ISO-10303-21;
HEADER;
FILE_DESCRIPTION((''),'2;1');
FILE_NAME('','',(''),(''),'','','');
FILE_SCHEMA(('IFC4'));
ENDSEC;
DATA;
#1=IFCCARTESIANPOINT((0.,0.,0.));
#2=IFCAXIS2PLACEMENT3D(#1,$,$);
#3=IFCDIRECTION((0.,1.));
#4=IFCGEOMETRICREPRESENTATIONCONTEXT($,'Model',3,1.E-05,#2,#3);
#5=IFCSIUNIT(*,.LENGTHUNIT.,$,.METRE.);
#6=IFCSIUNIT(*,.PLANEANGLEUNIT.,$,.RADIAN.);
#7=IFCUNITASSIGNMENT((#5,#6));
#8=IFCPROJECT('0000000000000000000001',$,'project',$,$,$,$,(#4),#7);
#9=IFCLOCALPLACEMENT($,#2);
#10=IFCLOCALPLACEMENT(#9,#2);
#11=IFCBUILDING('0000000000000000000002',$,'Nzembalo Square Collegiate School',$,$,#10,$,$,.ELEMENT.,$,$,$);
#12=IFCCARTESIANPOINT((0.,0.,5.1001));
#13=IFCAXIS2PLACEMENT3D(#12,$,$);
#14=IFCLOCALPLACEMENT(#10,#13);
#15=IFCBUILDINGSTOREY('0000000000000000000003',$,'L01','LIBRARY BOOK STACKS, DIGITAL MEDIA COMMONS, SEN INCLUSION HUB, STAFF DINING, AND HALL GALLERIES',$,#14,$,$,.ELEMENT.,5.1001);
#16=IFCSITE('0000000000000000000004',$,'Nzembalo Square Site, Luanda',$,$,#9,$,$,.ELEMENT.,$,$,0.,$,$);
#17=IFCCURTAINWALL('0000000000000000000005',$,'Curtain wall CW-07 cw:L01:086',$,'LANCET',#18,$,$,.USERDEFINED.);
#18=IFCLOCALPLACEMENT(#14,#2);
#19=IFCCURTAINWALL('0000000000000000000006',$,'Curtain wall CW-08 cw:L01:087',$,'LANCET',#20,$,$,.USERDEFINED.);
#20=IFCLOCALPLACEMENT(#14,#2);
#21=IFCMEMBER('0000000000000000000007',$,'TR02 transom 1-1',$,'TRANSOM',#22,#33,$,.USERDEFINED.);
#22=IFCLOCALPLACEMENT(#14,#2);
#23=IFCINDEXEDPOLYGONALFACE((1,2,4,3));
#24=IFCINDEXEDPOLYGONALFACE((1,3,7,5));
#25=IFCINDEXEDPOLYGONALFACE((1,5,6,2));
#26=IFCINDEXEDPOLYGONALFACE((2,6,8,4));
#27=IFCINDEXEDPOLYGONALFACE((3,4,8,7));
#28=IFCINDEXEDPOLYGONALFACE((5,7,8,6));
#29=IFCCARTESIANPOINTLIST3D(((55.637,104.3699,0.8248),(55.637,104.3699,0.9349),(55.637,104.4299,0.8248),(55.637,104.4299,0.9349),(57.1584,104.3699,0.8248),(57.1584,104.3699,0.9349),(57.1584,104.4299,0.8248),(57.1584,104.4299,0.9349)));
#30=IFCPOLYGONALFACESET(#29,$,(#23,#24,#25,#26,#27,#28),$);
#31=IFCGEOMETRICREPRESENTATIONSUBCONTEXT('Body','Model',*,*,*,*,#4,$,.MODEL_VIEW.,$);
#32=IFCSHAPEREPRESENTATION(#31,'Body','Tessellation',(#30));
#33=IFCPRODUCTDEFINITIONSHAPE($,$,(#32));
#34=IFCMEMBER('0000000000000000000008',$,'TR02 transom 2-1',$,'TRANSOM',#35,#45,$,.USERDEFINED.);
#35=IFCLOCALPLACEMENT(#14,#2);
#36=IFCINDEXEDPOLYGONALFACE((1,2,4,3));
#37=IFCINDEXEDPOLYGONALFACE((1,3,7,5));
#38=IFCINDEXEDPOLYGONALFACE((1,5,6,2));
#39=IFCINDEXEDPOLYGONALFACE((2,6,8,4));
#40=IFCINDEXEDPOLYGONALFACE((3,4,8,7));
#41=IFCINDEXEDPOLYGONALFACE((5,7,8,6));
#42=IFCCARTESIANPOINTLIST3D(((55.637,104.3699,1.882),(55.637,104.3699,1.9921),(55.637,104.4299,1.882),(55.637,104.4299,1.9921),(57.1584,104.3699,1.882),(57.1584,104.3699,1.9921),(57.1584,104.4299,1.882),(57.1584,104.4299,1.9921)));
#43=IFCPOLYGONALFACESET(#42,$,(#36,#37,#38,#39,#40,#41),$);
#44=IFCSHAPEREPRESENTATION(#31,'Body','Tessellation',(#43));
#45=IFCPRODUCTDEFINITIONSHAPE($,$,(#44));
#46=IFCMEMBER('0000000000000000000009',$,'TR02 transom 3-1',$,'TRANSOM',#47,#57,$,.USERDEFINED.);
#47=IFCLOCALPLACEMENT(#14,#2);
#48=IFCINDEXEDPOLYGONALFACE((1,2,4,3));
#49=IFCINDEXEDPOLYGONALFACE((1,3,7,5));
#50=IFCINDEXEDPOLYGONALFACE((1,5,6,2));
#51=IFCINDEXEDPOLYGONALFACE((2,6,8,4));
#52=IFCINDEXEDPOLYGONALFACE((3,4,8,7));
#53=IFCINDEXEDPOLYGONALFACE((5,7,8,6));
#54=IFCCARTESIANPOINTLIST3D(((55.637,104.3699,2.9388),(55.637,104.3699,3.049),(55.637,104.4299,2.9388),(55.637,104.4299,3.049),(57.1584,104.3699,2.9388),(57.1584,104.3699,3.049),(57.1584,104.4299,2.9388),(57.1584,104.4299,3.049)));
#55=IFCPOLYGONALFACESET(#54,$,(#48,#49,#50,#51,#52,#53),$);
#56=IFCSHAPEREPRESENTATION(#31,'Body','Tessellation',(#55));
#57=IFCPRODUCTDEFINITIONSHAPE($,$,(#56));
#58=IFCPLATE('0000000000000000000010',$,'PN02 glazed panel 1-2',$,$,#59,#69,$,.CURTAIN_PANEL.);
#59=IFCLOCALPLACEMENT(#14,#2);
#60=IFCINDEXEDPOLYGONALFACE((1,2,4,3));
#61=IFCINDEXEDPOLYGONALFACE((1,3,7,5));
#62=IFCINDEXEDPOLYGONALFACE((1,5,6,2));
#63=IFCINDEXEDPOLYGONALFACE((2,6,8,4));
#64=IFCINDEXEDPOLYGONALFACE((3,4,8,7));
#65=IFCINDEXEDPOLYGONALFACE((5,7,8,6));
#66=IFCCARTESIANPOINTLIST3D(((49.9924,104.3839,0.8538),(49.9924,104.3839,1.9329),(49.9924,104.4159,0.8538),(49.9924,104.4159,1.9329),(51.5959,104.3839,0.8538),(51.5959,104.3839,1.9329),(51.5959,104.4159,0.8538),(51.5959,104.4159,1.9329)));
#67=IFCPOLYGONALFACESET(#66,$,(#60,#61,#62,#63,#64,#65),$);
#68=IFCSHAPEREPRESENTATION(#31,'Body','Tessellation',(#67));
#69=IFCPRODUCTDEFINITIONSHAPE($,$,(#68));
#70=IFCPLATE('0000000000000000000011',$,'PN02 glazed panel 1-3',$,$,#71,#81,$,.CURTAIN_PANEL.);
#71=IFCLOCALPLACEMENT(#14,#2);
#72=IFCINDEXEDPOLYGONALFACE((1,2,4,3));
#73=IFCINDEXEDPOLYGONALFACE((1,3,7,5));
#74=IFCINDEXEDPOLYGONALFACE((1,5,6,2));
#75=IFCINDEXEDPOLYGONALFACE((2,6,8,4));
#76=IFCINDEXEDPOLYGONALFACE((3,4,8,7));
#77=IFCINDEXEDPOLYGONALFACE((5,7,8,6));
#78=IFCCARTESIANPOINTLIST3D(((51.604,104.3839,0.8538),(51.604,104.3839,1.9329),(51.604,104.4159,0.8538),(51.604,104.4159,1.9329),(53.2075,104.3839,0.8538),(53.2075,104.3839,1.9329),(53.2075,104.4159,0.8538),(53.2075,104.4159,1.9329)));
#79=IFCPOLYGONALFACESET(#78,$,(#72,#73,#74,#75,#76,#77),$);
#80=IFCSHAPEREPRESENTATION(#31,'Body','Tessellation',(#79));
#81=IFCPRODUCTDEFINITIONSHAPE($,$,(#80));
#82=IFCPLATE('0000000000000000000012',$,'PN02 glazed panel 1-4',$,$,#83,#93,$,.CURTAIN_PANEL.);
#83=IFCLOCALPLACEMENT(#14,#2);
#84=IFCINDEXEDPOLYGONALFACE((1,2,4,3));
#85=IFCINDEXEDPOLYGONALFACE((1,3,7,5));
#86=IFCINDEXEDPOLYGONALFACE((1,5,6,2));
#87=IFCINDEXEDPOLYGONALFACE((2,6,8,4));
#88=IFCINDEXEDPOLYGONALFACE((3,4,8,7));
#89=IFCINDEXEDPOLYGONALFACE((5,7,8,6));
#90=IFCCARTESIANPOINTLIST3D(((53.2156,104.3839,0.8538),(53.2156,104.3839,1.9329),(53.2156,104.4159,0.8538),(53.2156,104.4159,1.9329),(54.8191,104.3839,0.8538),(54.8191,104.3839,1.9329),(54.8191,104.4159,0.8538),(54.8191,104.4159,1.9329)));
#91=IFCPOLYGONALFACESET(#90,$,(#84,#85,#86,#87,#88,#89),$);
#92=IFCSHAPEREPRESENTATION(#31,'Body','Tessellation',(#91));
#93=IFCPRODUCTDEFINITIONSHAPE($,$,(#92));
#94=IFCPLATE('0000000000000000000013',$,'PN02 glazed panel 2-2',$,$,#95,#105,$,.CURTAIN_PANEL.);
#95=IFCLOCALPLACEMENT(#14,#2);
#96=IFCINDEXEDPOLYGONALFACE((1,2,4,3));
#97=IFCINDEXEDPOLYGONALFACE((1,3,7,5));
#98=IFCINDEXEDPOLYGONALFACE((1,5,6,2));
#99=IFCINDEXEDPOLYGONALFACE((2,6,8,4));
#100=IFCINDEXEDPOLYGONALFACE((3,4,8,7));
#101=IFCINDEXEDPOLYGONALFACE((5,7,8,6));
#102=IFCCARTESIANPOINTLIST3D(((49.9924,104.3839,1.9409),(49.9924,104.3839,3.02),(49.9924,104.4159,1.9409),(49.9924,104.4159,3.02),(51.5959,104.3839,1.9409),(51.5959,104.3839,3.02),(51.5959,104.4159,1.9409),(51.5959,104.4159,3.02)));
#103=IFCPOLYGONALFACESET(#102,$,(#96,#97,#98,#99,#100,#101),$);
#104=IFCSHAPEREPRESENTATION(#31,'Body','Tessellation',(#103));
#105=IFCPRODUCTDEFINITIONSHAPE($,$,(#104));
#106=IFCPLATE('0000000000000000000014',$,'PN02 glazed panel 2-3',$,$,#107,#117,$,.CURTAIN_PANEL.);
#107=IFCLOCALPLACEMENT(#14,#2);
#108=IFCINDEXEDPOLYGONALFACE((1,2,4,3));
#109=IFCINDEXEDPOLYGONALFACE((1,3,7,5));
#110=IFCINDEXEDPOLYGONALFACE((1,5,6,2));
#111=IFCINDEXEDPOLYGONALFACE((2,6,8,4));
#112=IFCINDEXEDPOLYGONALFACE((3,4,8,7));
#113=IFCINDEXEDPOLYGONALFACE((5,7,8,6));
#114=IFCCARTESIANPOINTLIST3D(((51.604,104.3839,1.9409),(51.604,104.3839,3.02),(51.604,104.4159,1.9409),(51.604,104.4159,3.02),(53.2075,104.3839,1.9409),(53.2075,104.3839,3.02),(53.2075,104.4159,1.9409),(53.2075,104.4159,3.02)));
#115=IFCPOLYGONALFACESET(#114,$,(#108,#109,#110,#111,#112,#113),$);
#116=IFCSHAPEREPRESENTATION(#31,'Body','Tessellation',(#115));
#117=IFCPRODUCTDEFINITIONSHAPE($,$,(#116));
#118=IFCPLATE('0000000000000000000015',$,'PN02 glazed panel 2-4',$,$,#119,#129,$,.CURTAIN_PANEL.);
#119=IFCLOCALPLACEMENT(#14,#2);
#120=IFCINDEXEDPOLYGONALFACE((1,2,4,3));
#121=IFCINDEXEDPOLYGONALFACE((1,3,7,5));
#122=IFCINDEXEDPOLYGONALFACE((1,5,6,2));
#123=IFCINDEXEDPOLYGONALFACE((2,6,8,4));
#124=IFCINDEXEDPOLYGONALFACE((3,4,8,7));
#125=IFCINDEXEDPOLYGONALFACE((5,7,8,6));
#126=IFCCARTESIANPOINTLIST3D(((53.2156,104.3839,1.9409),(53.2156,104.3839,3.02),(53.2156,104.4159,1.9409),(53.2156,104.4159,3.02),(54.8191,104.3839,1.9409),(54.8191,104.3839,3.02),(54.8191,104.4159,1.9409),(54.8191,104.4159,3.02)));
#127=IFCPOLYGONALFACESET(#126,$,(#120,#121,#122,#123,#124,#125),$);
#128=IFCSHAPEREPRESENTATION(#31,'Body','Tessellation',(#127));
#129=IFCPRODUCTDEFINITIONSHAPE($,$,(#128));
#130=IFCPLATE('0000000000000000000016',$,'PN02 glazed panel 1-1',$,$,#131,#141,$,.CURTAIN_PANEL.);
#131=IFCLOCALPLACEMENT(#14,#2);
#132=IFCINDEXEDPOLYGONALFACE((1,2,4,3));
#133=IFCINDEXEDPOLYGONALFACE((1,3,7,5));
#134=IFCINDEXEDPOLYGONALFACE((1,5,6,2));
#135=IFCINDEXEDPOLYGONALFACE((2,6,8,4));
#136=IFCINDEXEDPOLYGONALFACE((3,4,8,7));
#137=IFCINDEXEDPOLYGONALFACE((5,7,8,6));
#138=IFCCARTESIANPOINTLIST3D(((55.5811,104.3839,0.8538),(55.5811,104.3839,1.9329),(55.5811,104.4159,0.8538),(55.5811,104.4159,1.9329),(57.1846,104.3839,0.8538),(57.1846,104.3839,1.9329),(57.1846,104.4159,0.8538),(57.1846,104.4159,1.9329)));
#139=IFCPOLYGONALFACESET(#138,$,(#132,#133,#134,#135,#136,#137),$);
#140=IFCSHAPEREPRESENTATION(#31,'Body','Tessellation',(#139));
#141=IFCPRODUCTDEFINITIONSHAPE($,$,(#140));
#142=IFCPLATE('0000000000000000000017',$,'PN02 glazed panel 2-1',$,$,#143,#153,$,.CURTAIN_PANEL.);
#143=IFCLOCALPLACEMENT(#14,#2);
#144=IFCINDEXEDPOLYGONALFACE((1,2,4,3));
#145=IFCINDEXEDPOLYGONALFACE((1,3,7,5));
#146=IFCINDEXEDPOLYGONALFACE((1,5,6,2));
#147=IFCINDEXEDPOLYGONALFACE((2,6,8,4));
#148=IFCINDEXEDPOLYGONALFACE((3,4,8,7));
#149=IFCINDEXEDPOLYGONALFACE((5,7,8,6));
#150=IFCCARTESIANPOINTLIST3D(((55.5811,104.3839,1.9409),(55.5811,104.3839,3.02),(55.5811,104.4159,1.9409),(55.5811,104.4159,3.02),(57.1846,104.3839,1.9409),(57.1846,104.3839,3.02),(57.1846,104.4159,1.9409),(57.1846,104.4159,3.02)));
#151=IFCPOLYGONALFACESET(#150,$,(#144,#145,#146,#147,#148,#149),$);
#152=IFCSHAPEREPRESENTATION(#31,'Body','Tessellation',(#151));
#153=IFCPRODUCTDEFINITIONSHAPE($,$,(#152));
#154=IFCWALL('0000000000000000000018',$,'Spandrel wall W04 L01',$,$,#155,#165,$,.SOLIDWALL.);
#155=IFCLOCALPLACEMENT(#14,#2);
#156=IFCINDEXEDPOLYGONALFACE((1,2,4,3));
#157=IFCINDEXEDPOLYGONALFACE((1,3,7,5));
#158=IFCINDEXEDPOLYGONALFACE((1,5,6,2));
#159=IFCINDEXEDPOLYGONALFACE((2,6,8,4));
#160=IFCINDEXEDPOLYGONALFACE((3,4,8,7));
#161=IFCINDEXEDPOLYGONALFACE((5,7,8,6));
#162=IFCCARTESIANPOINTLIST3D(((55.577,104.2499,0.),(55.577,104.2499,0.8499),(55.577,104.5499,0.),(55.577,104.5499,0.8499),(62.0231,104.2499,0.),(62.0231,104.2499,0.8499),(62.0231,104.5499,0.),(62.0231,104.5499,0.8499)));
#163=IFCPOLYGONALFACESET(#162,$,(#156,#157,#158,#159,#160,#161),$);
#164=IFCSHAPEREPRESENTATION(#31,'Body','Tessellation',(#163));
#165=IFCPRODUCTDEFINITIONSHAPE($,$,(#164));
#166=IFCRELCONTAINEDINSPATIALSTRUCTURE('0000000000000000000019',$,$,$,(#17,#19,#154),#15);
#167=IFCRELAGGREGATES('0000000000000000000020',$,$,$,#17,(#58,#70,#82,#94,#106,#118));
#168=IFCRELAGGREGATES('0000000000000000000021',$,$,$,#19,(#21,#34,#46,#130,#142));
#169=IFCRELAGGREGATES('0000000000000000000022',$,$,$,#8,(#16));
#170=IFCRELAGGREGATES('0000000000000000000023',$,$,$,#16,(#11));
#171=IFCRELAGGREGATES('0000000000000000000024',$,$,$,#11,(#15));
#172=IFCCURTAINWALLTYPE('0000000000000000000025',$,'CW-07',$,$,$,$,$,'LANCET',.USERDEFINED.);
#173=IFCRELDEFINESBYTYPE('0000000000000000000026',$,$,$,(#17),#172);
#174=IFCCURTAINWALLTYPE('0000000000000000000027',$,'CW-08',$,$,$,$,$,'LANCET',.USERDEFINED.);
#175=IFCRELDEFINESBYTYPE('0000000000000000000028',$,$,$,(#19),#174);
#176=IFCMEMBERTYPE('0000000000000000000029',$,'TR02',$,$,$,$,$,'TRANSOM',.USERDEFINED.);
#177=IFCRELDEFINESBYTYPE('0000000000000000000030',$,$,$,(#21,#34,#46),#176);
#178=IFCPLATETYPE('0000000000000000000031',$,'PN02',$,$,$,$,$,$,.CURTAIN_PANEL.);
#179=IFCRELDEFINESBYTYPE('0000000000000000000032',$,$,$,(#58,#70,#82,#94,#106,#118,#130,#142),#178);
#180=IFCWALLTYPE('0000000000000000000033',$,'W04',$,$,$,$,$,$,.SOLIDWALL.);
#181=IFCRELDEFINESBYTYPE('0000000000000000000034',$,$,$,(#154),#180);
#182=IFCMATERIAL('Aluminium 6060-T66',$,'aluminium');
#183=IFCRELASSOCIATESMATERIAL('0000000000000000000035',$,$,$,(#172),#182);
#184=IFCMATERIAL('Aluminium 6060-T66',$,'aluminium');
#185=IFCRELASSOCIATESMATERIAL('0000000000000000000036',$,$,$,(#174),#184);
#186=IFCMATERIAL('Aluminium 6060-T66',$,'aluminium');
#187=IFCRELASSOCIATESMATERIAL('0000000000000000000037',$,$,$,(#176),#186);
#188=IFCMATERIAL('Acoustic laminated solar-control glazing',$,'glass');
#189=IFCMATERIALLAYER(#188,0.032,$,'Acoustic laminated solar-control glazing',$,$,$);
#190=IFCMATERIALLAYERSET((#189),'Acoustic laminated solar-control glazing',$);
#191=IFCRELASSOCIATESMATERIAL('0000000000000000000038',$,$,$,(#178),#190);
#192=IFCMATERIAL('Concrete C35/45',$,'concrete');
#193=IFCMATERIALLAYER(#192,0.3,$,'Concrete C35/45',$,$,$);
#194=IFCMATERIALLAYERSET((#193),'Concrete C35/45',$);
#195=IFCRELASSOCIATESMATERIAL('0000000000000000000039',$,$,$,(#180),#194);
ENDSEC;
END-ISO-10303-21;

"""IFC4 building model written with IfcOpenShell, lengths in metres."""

from ifc_helpers import new_model, si_unit, direction, frame, frame_2d, origin, origin_2d, place, context, subcontext, project, spatial, rectangle, extrude, material, layer, layer_set, material_profile, profile_set, type_object, element, aggregate, save


model = new_model("IFC4")

# Units and contexts
model_context = context("Model", 3, precision=1e-05, world=origin(), true_north=direction((0.0, 1.0)))
body_context = subcontext(model_context, "Body", "Model", "MODEL_VIEW")
ifc_project = project(units=[si_unit("LENGTHUNIT", "METRE"), si_unit("PLANEANGLEUNIT", "RADIAN")], contexts=[model_context])

# Site, building, storey
site_placement = place(None, origin())
site = spatial("IfcSite", under=ifc_project, at=site_placement, Name="Nzembalo Square Site, Luanda", CompositionType="ELEMENT", RefElevation=0.0)
building_placement = place(site_placement, origin())
building = spatial("IfcBuilding", under=site, at=building_placement, Name="Nzembalo Square Collegiate School", CompositionType="ELEMENT")
storey_placement = place(building_placement, frame((0.0, 0.0, 5.1001)))
storey = spatial("IfcBuildingStorey", under=building, at=storey_placement, Name="L01", Description="LIBRARY BOOK STACKS, DIGITAL MEDIA COMMONS, SEN INCLUSION HUB, STAFF DINING, AND HALL GALLERIES", CompositionType="ELEMENT", Elevation=5.1001)

# Curtain walls
ifc_material_1 = material(Name="Aluminium 6060-T66", Category="aluminium")
curtain_wall_type_1 = type_object("IfcCurtainWallType", Name="CW-07", ElementType="LANCET", PredefinedType="USERDEFINED", material=ifc_material_1)
curtain_wall_1_placement = place(storey_placement, origin())
curtain_wall_1 = element("IfcCurtainWall", 1, at=curtain_wall_1_placement, inside=storey, type_object=curtain_wall_type_1, Name="Curtain wall CW-07 cw:L01:086", ObjectType="LANCET", PredefinedType="USERDEFINED")
ifc_material_2 = material(Name="Aluminium 6060-T66", Category="aluminium")
curtain_wall_type_2 = type_object("IfcCurtainWallType", Name="CW-08", ElementType="LANCET", PredefinedType="USERDEFINED", material=ifc_material_2)
curtain_wall_2_placement = place(storey_placement, origin())
curtain_wall_2 = element("IfcCurtainWall", 2, at=curtain_wall_2_placement, inside=storey, type_object=curtain_wall_type_2, Name="Curtain wall CW-08 cw:L01:087", ObjectType="LANCET", PredefinedType="USERDEFINED")

# Members
ifc_material_3 = material(Name="Aluminium 6060-T66", Category="aluminium")
ifc_material_profile_1 = material_profile(ifc_material_3, rectangle(XDim=0.0601, YDim=0.1101, at=origin_2d()), Name="ALU T60x110")
ifc_profile_set_1 = profile_set([ifc_material_profile_1], Name="Aluminium 6060-T66")
member_type_1 = type_object("IfcMemberType", Name="TR02", ElementType="TRANSOM", PredefinedType="USERDEFINED", material=ifc_profile_set_1)
member_1_placement = place(storey_placement, frame((55.637, 104.3999, 0.8799), z_axis=(1.0, 0.0, 0.0), x_axis=(0.0, 1.0, 0.0)))
member_1 = element("IfcMember", 3, at=member_1_placement, type_object=member_type_1, Name="TR02 transom 1-1", ObjectType="TRANSOM", PredefinedType="USERDEFINED", context=body_context, shape_type="SweptSolid", body=[
    extrude(rectangle(XDim=0.0601, YDim=0.1101, at=origin_2d()), origin(), (0.0, 0.0, 1.0), 1.5215),
])
member_2_placement = place(storey_placement, frame((55.637, 104.3999, 1.937), z_axis=(1.0, 0.0, 0.0), x_axis=(0.0, 1.0, 0.0)))
member_2 = element("IfcMember", 4, at=member_2_placement, type_object=member_type_1, Name="TR02 transom 2-1", ObjectType="TRANSOM", PredefinedType="USERDEFINED", context=body_context, shape_type="SweptSolid", body=[
    extrude(rectangle(XDim=0.0601, YDim=0.1101, at=origin_2d()), origin(), (0.0, 0.0, 1.0), 1.5215),
])
member_3_placement = place(storey_placement, frame((55.637, 104.3999, 2.9939), z_axis=(1.0, 0.0, 0.0), x_axis=(0.0, 1.0, 0.0)))
member_3 = element("IfcMember", 5, at=member_3_placement, type_object=member_type_1, Name="TR02 transom 3-1", ObjectType="TRANSOM", PredefinedType="USERDEFINED", context=body_context, shape_type="SweptSolid", body=[
    extrude(rectangle(XDim=0.0601, YDim=0.1101, at=origin_2d()), origin(), (0.0, 0.0, 1.0), 1.5215),
])

# Plates
ifc_material_4 = material(Name="Acoustic laminated solar-control glazing", Category="glass")
ifc_layer_1 = layer(ifc_material_4, 0.032, Name="Acoustic laminated solar-control glazing")
ifc_layer_set_1 = layer_set([ifc_layer_1], Name="Acoustic laminated solar-control glazing")
plate_type = type_object("IfcPlateType", Name="PN02", PredefinedType="CURTAIN_PANEL", material=ifc_layer_set_1)
plate_1_placement = place(storey_placement, frame((50.7942, 104.3999, 0.8538), z_axis=(0.0, 0.0, 1.0), x_axis=(1.0, 0.0, 0.0)))
plate_1 = element("IfcPlate", 6, at=plate_1_placement, type_object=plate_type, Name="PN02 glazed panel 1-2", PredefinedType="CURTAIN_PANEL", context=body_context, shape_type="SweptSolid", body=[
    extrude(rectangle(XDim=1.6035, YDim=0.032, at=origin_2d()), origin(), (0.0, 0.0, 1.0), 1.0791),
])
plate_2_placement = place(storey_placement, frame((52.4058, 104.3999, 0.8538), z_axis=(0.0, 0.0, 1.0), x_axis=(1.0, 0.0, 0.0)))
plate_2 = element("IfcPlate", 7, at=plate_2_placement, type_object=plate_type, Name="PN02 glazed panel 1-3", PredefinedType="CURTAIN_PANEL", context=body_context, shape_type="SweptSolid", body=[
    extrude(rectangle(XDim=1.6035, YDim=0.032, at=origin_2d()), origin(), (0.0, 0.0, 1.0), 1.0791),
])
plate_3_placement = place(storey_placement, frame((54.0173, 104.3999, 0.8538), z_axis=(0.0, 0.0, 1.0), x_axis=(1.0, 0.0, 0.0)))
plate_3 = element("IfcPlate", 8, at=plate_3_placement, type_object=plate_type, Name="PN02 glazed panel 1-4", PredefinedType="CURTAIN_PANEL", context=body_context, shape_type="SweptSolid", body=[
    extrude(rectangle(XDim=1.6035, YDim=0.032, at=origin_2d()), origin(), (0.0, 0.0, 1.0), 1.0791),
])
plate_4_placement = place(storey_placement, frame((50.7942, 104.3999, 1.9409), z_axis=(0.0, 0.0, 1.0), x_axis=(1.0, 0.0, 0.0)))
plate_4 = element("IfcPlate", 9, at=plate_4_placement, type_object=plate_type, Name="PN02 glazed panel 2-2", PredefinedType="CURTAIN_PANEL", context=body_context, shape_type="SweptSolid", body=[
    extrude(rectangle(XDim=1.6035, YDim=0.032, at=origin_2d()), origin(), (0.0, 0.0, 1.0), 1.0791),
])
plate_5_placement = place(storey_placement, frame((52.4058, 104.3999, 1.9409), z_axis=(0.0, 0.0, 1.0), x_axis=(1.0, 0.0, 0.0)))
plate_5 = element("IfcPlate", 10, at=plate_5_placement, type_object=plate_type, Name="PN02 glazed panel 2-3", PredefinedType="CURTAIN_PANEL", context=body_context, shape_type="SweptSolid", body=[
    extrude(rectangle(XDim=1.6035, YDim=0.032, at=origin_2d()), origin(), (0.0, 0.0, 1.0), 1.0791),
])
plate_6_placement = place(storey_placement, frame((54.0173, 104.3999, 1.9409), z_axis=(0.0, 0.0, 1.0), x_axis=(1.0, 0.0, 0.0)))
plate_6 = element("IfcPlate", 11, at=plate_6_placement, type_object=plate_type, Name="PN02 glazed panel 2-4", PredefinedType="CURTAIN_PANEL", context=body_context, shape_type="SweptSolid", body=[
    extrude(rectangle(XDim=1.6035, YDim=0.032, at=origin_2d()), origin(), (0.0, 0.0, 1.0), 1.0791),
])
aggregate(curtain_wall_1, [plate_1, plate_2, plate_3, plate_4, plate_5, plate_6])
plate_7_placement = place(storey_placement, frame((56.3828, 104.3999, 0.8538), z_axis=(0.0, 0.0, 1.0), x_axis=(1.0, 0.0, 0.0)))
plate_7 = element("IfcPlate", 12, at=plate_7_placement, type_object=plate_type, Name="PN02 glazed panel 1-1", PredefinedType="CURTAIN_PANEL", context=body_context, shape_type="SweptSolid", body=[
    extrude(rectangle(XDim=1.6035, YDim=0.032, at=origin_2d()), origin(), (0.0, 0.0, 1.0), 1.0791),
])
plate_8_placement = place(storey_placement, frame((56.3828, 104.3999, 1.9409), z_axis=(0.0, 0.0, 1.0), x_axis=(1.0, 0.0, 0.0)))
plate_8 = element("IfcPlate", 13, at=plate_8_placement, type_object=plate_type, Name="PN02 glazed panel 2-1", PredefinedType="CURTAIN_PANEL", context=body_context, shape_type="SweptSolid", body=[
    extrude(rectangle(XDim=1.6035, YDim=0.032, at=origin_2d()), origin(), (0.0, 0.0, 1.0), 1.0791),
])
aggregate(curtain_wall_2, [member_1, member_2, member_3, plate_7, plate_8])

# Wall
ifc_material_5 = material(Name="Concrete C35/45", Category="concrete")
ifc_layer_2 = layer(ifc_material_5, 0.3, Name="Concrete C35/45")
ifc_layer_set_2 = layer_set([ifc_layer_2], Name="Concrete C35/45")
wall_type = type_object("IfcWallType", Name="W04", PredefinedType="SOLIDWALL", material=ifc_layer_set_2)
wall_placement = place(storey_placement, frame((55.5769, 104.3999, 0.0), z_axis=(0.0, 0.0, 1.0), x_axis=(1.0, 0.0, 0.0)))
element("IfcWall", 14, at=wall_placement, inside=storey, type_object=wall_type, Name="Spandrel wall W04 L01", PredefinedType="SOLIDWALL", context=body_context, shape_type="SweptSolid", body=[
    extrude(rectangle(XDim=6.446, YDim=0.3, at=frame_2d((3.2231, 0.0))), origin(), (0.0, 0.0, 1.0), 0.8499),
])

save(model, "model.ifc")
